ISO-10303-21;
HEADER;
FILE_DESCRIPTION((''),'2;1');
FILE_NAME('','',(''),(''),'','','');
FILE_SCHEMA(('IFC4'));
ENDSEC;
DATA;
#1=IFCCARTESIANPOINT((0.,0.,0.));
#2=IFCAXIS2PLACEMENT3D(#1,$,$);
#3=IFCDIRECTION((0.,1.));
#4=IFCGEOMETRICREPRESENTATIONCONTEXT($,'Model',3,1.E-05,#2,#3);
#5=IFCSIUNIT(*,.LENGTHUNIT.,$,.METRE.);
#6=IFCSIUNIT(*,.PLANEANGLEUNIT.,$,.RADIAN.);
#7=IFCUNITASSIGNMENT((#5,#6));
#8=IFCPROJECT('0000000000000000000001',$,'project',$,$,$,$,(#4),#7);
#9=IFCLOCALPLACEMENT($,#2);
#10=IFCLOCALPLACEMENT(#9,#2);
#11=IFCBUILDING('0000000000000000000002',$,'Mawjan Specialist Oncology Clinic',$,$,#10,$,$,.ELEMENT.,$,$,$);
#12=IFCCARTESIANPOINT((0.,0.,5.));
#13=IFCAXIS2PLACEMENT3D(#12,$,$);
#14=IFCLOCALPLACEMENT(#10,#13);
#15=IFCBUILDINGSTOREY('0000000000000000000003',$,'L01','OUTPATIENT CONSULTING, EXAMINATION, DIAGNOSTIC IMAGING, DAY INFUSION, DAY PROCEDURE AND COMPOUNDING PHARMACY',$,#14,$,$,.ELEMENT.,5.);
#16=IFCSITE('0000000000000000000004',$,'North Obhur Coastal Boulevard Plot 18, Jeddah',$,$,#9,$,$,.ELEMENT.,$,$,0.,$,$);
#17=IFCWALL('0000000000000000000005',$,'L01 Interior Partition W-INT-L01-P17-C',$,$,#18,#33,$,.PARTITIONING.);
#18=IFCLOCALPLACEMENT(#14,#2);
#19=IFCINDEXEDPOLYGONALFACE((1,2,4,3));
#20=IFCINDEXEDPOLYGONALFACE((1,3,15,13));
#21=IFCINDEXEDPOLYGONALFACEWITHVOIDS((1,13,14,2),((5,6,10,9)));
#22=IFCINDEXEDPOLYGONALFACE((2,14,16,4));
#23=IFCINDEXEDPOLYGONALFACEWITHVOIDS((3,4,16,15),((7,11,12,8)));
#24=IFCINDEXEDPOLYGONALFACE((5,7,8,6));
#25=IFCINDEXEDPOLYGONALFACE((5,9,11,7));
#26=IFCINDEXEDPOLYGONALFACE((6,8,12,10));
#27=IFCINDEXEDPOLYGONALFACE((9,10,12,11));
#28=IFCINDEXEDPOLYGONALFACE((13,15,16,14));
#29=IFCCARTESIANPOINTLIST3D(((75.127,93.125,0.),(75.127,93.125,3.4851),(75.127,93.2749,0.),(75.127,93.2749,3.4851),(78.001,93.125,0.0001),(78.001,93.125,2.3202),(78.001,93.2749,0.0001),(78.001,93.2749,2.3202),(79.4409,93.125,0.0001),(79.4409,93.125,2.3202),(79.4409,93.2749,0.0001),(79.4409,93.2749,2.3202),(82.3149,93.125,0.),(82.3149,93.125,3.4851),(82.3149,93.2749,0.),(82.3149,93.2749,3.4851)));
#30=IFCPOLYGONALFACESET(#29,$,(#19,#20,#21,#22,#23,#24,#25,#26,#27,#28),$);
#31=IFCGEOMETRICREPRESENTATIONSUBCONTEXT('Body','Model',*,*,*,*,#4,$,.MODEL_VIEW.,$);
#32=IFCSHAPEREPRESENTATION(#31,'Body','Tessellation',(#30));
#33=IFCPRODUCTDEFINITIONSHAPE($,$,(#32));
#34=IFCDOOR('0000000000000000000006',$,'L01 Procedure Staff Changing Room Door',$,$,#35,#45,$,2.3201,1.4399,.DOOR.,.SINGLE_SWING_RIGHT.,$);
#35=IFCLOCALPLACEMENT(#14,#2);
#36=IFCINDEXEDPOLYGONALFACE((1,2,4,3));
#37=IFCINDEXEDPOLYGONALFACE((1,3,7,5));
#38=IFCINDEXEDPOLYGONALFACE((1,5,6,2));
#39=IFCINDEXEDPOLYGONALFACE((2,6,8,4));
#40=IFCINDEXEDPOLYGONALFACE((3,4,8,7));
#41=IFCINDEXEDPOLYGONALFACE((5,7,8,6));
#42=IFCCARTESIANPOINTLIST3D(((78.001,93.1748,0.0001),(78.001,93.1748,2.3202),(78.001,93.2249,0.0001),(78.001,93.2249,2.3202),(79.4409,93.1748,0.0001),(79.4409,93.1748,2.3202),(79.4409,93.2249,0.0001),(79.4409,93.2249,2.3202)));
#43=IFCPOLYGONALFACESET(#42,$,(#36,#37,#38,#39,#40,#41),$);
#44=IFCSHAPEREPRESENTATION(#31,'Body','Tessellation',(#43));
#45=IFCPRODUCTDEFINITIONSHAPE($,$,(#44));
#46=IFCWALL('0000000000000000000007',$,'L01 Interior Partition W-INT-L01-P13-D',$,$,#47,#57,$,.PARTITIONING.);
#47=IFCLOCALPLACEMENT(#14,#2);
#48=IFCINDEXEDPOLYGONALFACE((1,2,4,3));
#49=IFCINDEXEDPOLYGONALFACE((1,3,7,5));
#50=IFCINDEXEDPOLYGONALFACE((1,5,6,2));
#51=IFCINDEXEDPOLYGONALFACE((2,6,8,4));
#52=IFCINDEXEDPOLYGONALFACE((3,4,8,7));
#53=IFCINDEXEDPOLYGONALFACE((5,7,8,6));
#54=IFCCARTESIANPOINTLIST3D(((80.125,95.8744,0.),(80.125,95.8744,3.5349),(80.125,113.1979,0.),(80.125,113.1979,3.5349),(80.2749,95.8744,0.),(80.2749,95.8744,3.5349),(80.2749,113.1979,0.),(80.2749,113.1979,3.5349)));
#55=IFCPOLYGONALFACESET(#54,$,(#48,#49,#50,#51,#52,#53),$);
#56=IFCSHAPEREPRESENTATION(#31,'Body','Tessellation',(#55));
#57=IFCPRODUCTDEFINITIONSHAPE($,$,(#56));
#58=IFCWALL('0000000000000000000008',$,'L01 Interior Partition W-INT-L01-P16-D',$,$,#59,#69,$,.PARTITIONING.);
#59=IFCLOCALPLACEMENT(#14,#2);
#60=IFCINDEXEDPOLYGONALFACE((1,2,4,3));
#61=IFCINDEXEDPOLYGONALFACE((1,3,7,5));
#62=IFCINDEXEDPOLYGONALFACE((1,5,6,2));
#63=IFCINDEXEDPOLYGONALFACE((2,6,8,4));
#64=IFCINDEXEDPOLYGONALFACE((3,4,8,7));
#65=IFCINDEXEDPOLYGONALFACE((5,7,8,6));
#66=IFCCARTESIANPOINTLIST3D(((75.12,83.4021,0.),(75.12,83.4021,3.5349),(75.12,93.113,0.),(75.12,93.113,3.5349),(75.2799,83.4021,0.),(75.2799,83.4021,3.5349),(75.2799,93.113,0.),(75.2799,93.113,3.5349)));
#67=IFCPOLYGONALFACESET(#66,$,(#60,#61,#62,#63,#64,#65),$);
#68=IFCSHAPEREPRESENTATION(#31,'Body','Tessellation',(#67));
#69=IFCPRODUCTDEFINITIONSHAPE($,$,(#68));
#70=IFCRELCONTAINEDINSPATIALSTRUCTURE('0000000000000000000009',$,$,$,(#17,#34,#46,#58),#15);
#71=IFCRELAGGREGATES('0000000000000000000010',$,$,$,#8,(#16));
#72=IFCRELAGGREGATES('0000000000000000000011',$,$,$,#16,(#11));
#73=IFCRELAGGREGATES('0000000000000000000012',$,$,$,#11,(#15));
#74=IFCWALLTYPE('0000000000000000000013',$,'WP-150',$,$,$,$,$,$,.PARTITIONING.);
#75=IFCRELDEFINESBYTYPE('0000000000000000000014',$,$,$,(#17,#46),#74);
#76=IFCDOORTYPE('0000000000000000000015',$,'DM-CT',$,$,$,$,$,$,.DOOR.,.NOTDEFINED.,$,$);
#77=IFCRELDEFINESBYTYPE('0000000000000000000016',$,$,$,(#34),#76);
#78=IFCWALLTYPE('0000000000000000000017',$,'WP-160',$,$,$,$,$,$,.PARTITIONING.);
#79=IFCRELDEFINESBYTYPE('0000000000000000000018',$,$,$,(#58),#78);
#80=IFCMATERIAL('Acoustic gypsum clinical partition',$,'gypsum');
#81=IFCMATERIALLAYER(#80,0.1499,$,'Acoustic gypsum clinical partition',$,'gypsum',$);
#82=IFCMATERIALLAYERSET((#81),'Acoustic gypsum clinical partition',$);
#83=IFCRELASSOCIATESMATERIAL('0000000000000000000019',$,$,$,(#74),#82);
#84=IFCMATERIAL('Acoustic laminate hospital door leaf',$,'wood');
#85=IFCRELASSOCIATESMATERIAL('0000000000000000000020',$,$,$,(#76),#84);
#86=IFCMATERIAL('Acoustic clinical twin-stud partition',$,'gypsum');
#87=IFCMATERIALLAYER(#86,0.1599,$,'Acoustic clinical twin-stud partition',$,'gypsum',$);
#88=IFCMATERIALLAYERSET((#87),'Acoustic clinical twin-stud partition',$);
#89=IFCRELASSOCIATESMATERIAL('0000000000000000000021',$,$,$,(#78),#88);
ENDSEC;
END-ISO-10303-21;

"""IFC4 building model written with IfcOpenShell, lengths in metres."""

from ifc_helpers import new_model, si_unit, direction, frame, frame_2d, origin, place, context, subcontext, project, spatial, rectangle, extrude, material, layer, layer_set, type_object, element, fill, save


model = new_model("IFC4")

# Units and contexts
model_context = context("Model", 3, precision=1e-05, world=origin(), true_north=direction((0.0, 1.0)))
body_context = subcontext(model_context, "Body", "Model", "MODEL_VIEW")
ifc_project = project(units=[si_unit("LENGTHUNIT", "METRE"), si_unit("PLANEANGLEUNIT", "RADIAN")], contexts=[model_context])

# Site, building, storey
site_placement = place(None, origin())
site = spatial("IfcSite", under=ifc_project, at=site_placement, Name="North Obhur Coastal Boulevard Plot 18, Jeddah", CompositionType="ELEMENT", RefElevation=0.0)
building_placement = place(site_placement, origin())
building = spatial("IfcBuilding", under=site, at=building_placement, Name="Mawjan Specialist Oncology Clinic", CompositionType="ELEMENT")
storey_placement = place(building_placement, frame((0.0, 0.0, 5.0)))
storey = spatial("IfcBuildingStorey", under=building, at=storey_placement, Name="L01", Description="OUTPATIENT CONSULTING, EXAMINATION, DIAGNOSTIC IMAGING, DAY INFUSION, DAY PROCEDURE AND COMPOUNDING PHARMACY", CompositionType="ELEMENT", Elevation=5.0)

# Wall, opening, door
ifc_material_1 = material(Name="Acoustic gypsum clinical partition", Category="gypsum")
ifc_layer_1 = layer(ifc_material_1, 0.1499, Name="Acoustic gypsum clinical partition", Category="gypsum")
ifc_layer_set_1 = layer_set([ifc_layer_1], Name="Acoustic gypsum clinical partition")
wall_type_1 = type_object("IfcWallType", Name="WP-150", PredefinedType="PARTITIONING", material=ifc_layer_set_1)
wall_1_placement = place(storey_placement, frame((75.127, 93.2, 0.0), z_axis=(0.0, 0.0, 1.0), x_axis=(1.0, 0.0, 0.0)))
wall_1 = element("IfcWall", 1, at=wall_1_placement, inside=storey, type_object=wall_type_1, Name="L01 Interior Partition W-INT-L01-P17-C", PredefinedType="PARTITIONING", context=body_context, shape_type="SweptSolid", body=[
    extrude(rectangle(XDim=7.188, YDim=0.1499, at=frame_2d((3.594, 0.0))), origin(), (0.0, 0.0, 1.0), 3.4851),
])
opening_1_placement = place(wall_1_placement, frame((2.874, 0.0, 0.0)))
opening_1 = element("IfcOpeningElement", 2, at=opening_1_placement, cuts=wall_1, PredefinedType="OPENING", context=body_context, shape_type="SweptSolid", body=[
    extrude(rectangle(XDim=1.4399, YDim=2.3201, at=frame_2d((0.72, 1.1602))), frame((0.0, 0.0869, 0.0), z_axis=(0.0, -1.0, 0.0), x_axis=(1.0, 0.0, 0.0)), (0.0, 0.0, 1.0), 0.1738),
])
ifc_material_2 = material(Name="Acoustic laminate hospital door leaf", Category="wood")
door_type_1 = type_object("IfcDoorType", Name="DM-CT", OperationType="NOTDEFINED", PredefinedType="DOOR", material=ifc_material_2)
door_1_placement = place(opening_1_placement, origin())
door_1 = element("IfcDoor", 3, at=door_1_placement, inside=storey, type_object=door_type_1, Name="L01 Procedure Staff Changing Room Door", OperationType="SINGLE_SWING_RIGHT", OverallHeight=2.3201, OverallWidth=1.4399, PredefinedType="DOOR", context=body_context, shape_type="SweptSolid", body=[
    extrude(rectangle(XDim=1.4399, YDim=2.3201, at=frame_2d((0.72, 1.1602))), frame((0.0, 0.0249, 0.0), z_axis=(0.0, -1.0, 0.0), x_axis=(1.0, 0.0, 0.0)), (0.0, 0.0, 1.0), 0.05),
])
fill(opening_1, door_1)

# Walls
wall_2_placement = place(storey_placement, frame((80.2, 95.8745, 0.0), z_axis=(0.0, 0.0, 1.0), x_axis=(0.0, 1.0, 0.0)))
element("IfcWall", 4, at=wall_2_placement, inside=storey, type_object=wall_type_1, Name="L01 Interior Partition W-INT-L01-P13-D", PredefinedType="PARTITIONING", context=body_context, shape_type="SweptSolid", body=[
    extrude(rectangle(XDim=17.3235, YDim=0.1499, at=frame_2d((8.6616, 0.0))), origin(), (0.0, 0.0, 1.0), 3.5349),
])
ifc_material_3 = material(Name="Acoustic clinical twin-stud partition", Category="gypsum")
ifc_layer_2 = layer(ifc_material_3, 0.1599, Name="Acoustic clinical twin-stud partition", Category="gypsum")
ifc_layer_set_2 = layer_set([ifc_layer_2], Name="Acoustic clinical twin-stud partition")
wall_type_2 = type_object("IfcWallType", Name="WP-160", PredefinedType="PARTITIONING", material=ifc_layer_set_2)
wall_3_placement = place(storey_placement, frame((75.2, 83.4021, 0.0), z_axis=(0.0, 0.0, 1.0), x_axis=(0.0, 1.0, 0.0)))
element("IfcWall", 5, at=wall_3_placement, inside=storey, type_object=wall_type_2, Name="L01 Interior Partition W-INT-L01-P16-D", PredefinedType="PARTITIONING", context=body_context, shape_type="SweptSolid", body=[
    extrude(rectangle(XDim=9.7109, YDim=0.1599, at=frame_2d((4.8555, 0.0))), origin(), (0.0, 0.0, 1.0), 3.5349),
])

save(model, "model.ifc")
